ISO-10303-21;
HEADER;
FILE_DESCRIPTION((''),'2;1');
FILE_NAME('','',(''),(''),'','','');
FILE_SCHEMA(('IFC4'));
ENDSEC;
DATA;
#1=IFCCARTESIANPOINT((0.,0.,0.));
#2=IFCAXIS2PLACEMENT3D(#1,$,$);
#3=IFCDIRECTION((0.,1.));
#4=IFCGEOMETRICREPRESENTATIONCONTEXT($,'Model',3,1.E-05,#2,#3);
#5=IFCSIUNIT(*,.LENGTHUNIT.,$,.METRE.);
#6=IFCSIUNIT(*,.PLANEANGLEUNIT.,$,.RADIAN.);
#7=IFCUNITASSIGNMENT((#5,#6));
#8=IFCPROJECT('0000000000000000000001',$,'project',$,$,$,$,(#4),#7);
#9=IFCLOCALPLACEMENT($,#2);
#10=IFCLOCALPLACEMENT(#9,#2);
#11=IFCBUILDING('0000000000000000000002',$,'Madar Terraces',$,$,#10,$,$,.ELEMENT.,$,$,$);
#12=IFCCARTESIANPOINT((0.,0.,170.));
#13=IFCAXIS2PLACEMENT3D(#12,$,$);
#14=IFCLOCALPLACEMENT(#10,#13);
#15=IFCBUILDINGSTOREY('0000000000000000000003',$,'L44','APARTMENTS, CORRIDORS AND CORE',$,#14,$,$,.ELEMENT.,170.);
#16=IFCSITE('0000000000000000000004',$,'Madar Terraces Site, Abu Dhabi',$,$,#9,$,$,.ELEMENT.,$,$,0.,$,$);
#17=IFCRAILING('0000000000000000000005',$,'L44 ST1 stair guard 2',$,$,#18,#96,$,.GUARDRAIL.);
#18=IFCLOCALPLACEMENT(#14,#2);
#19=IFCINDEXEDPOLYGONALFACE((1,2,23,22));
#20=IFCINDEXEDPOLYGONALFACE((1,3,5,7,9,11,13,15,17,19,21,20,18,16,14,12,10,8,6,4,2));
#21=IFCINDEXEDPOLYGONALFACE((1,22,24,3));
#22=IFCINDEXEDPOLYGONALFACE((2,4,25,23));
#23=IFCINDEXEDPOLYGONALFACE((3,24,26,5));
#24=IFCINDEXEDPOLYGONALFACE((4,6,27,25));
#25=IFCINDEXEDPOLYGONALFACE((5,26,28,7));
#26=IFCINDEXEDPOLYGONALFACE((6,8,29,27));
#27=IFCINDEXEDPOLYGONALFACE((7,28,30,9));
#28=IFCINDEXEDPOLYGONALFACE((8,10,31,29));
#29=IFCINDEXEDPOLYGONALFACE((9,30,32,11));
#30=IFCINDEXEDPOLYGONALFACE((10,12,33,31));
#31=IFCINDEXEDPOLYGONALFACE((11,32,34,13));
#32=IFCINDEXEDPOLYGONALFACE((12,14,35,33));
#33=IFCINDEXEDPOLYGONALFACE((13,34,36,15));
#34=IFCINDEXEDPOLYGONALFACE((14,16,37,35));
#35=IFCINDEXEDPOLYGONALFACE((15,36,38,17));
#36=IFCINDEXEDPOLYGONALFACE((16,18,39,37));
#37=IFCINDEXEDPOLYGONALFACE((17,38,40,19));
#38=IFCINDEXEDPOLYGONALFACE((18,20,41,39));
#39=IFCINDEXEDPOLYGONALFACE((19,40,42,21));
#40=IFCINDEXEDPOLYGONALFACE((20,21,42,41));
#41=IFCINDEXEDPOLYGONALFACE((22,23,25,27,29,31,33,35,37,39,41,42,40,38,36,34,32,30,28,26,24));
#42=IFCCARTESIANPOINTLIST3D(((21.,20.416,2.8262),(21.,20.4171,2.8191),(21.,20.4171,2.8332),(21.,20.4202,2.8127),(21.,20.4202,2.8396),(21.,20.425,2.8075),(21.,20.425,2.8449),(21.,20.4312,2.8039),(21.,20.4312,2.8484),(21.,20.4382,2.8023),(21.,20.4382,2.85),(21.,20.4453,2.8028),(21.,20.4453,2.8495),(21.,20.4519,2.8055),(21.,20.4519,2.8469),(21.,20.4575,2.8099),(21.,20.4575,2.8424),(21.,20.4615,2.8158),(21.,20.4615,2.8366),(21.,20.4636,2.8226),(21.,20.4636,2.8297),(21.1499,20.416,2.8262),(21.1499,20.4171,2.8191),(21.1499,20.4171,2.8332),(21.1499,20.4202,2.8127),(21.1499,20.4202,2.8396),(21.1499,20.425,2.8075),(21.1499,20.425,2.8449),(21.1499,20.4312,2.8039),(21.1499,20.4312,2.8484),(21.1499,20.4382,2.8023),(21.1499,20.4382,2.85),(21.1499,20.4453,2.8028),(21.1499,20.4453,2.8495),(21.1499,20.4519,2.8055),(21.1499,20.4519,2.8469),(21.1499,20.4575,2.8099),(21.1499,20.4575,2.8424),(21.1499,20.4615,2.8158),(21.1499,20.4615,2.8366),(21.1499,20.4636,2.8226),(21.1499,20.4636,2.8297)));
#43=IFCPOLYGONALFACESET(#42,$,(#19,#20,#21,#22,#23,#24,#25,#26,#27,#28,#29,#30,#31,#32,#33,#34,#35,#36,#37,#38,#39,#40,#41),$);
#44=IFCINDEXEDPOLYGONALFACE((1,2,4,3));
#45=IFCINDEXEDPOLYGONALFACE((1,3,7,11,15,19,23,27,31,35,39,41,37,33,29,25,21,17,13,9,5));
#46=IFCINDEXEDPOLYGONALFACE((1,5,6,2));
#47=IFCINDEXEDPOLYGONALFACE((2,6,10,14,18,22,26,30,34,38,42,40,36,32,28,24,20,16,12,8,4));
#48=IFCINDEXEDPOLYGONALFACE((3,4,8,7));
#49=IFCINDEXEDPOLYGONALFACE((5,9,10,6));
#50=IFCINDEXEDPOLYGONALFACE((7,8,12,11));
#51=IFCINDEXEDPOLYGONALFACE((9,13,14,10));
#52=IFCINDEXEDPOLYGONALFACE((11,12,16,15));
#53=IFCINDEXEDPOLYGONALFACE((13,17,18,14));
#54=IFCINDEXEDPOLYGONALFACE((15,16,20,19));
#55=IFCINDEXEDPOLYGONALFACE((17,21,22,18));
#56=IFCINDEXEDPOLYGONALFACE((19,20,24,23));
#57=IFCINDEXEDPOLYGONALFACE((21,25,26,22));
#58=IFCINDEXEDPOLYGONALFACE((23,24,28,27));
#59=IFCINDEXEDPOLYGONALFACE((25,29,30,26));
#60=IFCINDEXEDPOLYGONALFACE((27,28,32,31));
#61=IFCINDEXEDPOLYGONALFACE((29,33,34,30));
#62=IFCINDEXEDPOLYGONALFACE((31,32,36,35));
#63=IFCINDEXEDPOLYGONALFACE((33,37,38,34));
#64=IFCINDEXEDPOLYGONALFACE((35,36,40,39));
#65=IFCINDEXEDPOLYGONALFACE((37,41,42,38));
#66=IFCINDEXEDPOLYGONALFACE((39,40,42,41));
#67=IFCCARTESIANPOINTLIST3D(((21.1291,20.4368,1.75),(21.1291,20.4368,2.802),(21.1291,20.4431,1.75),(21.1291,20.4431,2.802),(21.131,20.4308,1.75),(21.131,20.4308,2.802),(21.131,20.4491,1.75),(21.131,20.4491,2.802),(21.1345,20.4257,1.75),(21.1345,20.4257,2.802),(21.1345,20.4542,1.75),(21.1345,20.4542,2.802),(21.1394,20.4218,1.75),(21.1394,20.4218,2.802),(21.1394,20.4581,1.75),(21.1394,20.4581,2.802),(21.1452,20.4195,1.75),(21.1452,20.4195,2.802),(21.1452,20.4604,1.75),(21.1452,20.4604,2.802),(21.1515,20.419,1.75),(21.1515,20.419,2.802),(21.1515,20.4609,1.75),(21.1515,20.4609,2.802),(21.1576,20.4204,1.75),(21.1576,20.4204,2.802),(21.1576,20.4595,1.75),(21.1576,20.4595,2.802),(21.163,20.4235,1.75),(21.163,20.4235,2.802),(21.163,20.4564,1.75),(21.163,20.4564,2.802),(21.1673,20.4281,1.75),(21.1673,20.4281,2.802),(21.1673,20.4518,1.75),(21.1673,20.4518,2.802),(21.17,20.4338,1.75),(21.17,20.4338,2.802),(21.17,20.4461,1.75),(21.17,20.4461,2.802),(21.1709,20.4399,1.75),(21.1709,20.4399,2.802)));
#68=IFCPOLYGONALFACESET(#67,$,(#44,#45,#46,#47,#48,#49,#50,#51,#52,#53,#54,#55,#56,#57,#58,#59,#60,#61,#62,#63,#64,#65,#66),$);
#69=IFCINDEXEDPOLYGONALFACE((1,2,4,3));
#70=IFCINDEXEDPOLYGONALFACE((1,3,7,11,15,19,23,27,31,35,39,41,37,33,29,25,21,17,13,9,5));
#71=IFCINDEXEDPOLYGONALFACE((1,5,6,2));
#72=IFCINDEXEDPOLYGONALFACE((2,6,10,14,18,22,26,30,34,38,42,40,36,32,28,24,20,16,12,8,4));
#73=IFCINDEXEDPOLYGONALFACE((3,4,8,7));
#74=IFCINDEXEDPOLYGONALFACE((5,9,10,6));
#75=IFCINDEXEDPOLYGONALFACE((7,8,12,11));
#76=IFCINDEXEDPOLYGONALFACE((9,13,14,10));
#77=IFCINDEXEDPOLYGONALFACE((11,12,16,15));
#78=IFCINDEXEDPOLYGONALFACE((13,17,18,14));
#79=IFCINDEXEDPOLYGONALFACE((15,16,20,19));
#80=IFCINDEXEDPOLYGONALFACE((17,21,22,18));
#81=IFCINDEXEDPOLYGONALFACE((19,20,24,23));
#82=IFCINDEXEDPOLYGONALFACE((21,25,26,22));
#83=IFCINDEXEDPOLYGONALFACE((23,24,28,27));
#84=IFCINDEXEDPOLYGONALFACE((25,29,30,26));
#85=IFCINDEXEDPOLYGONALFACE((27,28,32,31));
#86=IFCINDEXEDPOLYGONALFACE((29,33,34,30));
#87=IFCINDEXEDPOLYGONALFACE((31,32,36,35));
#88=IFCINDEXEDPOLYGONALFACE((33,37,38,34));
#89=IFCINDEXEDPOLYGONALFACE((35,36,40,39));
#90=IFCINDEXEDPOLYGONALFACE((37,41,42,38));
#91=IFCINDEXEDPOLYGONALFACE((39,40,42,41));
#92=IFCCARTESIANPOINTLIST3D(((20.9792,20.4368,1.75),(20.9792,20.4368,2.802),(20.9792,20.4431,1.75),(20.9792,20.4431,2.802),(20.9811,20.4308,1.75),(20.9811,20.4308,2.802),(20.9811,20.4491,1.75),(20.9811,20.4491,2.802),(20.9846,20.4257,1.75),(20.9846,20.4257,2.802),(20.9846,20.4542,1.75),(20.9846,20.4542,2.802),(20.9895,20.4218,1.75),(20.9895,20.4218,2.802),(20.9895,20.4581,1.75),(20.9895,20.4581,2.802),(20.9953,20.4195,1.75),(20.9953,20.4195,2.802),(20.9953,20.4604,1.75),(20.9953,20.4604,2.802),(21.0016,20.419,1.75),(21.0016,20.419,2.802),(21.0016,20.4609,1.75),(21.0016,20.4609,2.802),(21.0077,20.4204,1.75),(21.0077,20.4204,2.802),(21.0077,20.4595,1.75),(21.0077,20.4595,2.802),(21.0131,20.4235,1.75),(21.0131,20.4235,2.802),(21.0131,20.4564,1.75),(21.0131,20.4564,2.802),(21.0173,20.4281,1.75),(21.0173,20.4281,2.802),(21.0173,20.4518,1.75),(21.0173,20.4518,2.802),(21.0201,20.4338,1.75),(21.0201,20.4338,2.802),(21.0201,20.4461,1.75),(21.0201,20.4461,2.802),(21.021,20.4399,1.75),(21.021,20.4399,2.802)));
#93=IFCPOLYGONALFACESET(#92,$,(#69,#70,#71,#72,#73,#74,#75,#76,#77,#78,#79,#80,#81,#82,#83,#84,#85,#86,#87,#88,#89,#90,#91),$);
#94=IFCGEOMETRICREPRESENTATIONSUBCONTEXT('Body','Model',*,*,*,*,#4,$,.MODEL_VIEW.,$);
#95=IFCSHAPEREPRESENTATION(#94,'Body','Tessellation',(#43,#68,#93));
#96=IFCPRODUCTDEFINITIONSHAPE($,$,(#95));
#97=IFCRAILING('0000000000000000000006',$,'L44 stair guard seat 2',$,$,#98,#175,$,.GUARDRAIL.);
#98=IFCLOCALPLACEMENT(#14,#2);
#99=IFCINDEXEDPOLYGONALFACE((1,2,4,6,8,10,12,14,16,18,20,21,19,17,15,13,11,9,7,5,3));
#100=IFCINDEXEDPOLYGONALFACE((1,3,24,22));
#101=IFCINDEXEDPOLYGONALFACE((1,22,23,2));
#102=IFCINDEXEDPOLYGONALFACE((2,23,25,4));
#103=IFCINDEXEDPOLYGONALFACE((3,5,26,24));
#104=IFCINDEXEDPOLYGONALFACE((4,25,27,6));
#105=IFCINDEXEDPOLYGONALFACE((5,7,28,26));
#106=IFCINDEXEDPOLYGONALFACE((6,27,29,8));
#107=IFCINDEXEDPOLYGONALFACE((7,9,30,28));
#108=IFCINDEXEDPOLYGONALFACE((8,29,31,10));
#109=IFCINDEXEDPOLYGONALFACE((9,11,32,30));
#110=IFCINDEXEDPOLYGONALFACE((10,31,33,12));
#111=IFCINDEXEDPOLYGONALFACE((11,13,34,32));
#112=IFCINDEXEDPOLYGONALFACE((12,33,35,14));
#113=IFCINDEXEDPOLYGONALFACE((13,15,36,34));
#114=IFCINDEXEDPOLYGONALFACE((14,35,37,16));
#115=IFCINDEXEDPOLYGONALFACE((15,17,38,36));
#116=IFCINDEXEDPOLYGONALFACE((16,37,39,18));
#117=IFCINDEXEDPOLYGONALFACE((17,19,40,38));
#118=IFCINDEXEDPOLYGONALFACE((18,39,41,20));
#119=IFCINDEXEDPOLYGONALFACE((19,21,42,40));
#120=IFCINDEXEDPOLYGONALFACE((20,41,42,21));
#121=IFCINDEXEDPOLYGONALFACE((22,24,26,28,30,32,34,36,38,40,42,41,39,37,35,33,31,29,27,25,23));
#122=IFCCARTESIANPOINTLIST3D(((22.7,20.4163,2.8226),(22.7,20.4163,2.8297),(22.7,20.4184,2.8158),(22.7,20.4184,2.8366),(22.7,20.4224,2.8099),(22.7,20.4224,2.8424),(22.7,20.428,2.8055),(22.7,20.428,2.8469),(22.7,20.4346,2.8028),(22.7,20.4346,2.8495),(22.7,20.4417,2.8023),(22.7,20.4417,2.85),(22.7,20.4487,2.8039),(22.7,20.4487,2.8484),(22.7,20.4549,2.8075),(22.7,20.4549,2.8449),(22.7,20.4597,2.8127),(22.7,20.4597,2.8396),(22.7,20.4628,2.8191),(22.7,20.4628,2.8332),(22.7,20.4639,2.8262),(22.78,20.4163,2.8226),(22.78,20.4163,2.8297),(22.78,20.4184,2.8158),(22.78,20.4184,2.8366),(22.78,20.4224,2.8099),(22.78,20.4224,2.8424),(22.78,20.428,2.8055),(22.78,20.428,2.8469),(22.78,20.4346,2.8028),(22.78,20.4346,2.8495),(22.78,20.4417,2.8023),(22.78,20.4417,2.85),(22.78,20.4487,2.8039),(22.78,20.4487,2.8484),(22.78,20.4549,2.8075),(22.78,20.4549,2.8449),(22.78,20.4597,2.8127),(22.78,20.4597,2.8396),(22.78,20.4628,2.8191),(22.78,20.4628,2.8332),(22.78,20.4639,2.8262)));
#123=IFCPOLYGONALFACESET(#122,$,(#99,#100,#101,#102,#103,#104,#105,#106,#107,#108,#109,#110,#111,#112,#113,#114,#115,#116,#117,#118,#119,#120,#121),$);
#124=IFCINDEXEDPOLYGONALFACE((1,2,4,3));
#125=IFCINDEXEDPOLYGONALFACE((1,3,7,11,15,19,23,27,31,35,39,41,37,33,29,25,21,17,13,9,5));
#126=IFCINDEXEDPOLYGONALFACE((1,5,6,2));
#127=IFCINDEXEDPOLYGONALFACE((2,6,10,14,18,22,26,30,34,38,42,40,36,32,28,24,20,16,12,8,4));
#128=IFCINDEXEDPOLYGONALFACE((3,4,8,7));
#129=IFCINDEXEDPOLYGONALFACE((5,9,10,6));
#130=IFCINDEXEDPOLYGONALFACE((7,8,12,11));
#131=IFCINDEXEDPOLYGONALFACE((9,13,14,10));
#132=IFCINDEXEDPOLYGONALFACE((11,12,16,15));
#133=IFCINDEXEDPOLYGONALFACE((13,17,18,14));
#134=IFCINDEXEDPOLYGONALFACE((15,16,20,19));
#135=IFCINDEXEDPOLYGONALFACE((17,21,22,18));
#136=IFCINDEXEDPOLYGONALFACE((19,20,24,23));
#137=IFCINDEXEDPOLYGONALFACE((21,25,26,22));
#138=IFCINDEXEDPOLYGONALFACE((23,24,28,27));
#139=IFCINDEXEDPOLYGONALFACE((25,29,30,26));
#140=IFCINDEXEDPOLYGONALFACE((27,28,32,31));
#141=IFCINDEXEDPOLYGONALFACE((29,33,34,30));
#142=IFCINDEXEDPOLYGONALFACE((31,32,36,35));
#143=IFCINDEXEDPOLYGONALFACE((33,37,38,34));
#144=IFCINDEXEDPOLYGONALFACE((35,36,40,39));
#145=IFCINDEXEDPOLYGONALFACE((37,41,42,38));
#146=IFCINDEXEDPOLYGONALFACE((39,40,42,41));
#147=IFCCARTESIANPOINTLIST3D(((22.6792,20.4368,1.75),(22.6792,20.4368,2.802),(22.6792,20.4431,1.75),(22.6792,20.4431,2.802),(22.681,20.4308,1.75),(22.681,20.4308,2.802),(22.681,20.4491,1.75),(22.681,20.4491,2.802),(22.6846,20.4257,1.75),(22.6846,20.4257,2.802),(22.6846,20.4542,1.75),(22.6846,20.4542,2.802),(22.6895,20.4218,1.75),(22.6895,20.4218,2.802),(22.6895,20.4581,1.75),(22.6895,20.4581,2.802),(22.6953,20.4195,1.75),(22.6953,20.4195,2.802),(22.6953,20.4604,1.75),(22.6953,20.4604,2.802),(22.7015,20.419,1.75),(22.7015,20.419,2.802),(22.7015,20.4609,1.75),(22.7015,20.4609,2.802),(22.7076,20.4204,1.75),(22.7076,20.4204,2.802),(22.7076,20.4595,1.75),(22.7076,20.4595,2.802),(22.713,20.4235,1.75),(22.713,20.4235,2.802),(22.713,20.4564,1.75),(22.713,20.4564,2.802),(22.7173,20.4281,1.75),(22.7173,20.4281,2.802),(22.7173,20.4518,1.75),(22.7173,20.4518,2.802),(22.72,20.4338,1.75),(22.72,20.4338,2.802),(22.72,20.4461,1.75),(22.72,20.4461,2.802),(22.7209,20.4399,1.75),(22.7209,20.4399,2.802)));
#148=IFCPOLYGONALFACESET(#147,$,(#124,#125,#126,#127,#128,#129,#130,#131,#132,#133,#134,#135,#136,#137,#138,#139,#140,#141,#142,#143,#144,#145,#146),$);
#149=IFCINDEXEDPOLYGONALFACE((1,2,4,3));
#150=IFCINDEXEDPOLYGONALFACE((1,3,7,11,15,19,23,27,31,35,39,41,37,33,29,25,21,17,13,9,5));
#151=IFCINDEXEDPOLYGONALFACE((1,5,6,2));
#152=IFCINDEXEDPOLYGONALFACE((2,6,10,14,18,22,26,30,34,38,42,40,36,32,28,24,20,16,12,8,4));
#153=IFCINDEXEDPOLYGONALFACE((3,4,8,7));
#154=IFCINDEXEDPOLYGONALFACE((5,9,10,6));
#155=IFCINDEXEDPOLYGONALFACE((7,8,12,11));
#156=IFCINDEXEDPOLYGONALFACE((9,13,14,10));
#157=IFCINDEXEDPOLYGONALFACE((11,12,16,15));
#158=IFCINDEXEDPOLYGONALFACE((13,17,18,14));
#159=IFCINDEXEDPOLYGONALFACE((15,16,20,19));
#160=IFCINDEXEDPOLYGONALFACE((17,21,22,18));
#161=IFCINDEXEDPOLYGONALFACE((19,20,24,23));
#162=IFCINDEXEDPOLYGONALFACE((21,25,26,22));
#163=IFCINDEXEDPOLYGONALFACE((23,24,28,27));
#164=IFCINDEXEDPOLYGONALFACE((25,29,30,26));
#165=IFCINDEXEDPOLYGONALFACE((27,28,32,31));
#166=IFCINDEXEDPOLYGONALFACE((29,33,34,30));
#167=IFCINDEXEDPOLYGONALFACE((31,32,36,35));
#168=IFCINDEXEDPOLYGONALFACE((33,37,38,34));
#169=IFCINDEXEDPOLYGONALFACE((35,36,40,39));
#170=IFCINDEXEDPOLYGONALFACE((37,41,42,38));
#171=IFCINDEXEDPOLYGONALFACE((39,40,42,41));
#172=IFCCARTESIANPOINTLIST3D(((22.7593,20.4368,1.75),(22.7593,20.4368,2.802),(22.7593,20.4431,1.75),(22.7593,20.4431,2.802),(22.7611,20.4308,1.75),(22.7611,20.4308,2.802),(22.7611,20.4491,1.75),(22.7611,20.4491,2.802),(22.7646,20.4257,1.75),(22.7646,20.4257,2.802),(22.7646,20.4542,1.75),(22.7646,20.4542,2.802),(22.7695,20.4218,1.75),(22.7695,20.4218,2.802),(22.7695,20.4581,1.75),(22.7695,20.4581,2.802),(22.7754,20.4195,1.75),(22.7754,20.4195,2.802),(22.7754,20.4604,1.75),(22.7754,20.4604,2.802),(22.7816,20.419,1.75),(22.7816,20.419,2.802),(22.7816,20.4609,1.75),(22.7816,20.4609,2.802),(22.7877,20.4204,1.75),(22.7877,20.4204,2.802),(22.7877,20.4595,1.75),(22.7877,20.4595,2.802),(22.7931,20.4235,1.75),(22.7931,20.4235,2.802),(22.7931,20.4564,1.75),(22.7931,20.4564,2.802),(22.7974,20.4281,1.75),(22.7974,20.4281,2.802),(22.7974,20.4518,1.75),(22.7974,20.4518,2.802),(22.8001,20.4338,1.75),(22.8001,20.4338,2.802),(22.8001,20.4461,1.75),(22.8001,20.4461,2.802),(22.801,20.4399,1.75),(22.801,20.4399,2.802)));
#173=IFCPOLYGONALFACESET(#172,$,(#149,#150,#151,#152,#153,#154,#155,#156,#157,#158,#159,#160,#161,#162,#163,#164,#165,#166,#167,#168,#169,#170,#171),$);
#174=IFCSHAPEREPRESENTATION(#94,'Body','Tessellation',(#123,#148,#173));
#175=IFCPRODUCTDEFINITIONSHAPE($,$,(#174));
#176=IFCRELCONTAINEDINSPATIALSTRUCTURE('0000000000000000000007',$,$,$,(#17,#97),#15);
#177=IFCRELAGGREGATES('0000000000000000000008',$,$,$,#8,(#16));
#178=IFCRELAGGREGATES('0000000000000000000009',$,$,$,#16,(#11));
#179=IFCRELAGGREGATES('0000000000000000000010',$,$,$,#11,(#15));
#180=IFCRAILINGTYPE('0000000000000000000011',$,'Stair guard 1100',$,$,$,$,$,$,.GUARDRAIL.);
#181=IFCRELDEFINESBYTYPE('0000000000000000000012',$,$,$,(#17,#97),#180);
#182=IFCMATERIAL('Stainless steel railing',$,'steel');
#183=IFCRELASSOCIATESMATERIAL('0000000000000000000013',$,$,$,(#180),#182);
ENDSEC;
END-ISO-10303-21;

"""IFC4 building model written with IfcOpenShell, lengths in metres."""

from ifc_helpers import new_model, si_unit, direction, frame, origin, origin_2d, place, context, subcontext, project, spatial, circle, extrude, material, type_object, element, save


model = new_model("IFC4")

# Units and contexts
model_context = context("Model", 3, precision=1e-05, world=origin(), true_north=direction((0.0, 1.0)))
body_context = subcontext(model_context, "Body", "Model", "MODEL_VIEW")
ifc_project = project(units=[si_unit("LENGTHUNIT", "METRE"), si_unit("PLANEANGLEUNIT", "RADIAN")], contexts=[model_context])

# Site, building, storey
site_placement = place(None, origin())
site = spatial("IfcSite", under=ifc_project, at=site_placement, Name="Madar Terraces Site, Abu Dhabi", CompositionType="ELEMENT", RefElevation=0.0)
building_placement = place(site_placement, origin())
building = spatial("IfcBuilding", under=site, at=building_placement, Name="Madar Terraces", CompositionType="ELEMENT")
storey_placement = place(building_placement, frame((0.0, 0.0, 170.0)))
storey = spatial("IfcBuildingStorey", under=building, at=storey_placement, Name="L44", Description="APARTMENTS, CORRIDORS AND CORE", CompositionType="ELEMENT", Elevation=170.0)

# Railings
ifc_material_1 = material(Name="Stainless steel railing", Category="steel")
railing_type_1 = type_object("IfcRailingType", Name="Stair guard 1100", PredefinedType="GUARDRAIL", material=ifc_material_1)
railing_1_placement = place(storey_placement, frame((21.1499, 20.4399, 1.75)))
element("IfcRailing", 1, at=railing_1_placement, inside=storey, type_object=railing_type_1, Name="L44 ST1 stair guard 2", PredefinedType="GUARDRAIL", context=body_context, shape_type="SweptSolid", body=[
    extrude(circle(Radius=0.0239, at=origin_2d()), frame((0.0, 0.0, 1.0762), z_axis=(-1.0, 0.0, 0.0), x_axis=(0.0, -1.0, 0.0)), (0.0, 0.0, 1.0), 0.1499),
    extrude(circle(Radius=0.021, at=origin_2d()), origin(), (0.0, 0.0, 1.0), 1.052),
    extrude(circle(Radius=0.021, at=origin_2d()), frame((-0.1499, 0.0, 0.0)), (0.0, 0.0, 1.0), 1.052),
])
for number, where, name in (
    (2, (22.7, 20.4399, 1.75), "L44 stair guard seat 2"),
):
    element("IfcRailing", number, at=place(storey_placement, frame(where)), inside=storey, type_object=railing_type_1, Name=name, PredefinedType="GUARDRAIL", context=body_context, shape_type="SweptSolid", body=[
        extrude(circle(Radius=0.0239, at=origin_2d()), frame((0.0, 0.0, 1.0762), z_axis=(1.0, 0.0, 0.0), x_axis=(0.0, 1.0, 0.0)), (0.0, 0.0, 1.0), 0.0801),
        extrude(circle(Radius=0.021, at=origin_2d()), origin(), (0.0, 0.0, 1.0), 1.052),
        extrude(circle(Radius=0.021, at=origin_2d()), frame((0.0801, 0.0, 0.0)), (0.0, 0.0, 1.0), 1.052),
    ])

save(model, "model.ifc")
